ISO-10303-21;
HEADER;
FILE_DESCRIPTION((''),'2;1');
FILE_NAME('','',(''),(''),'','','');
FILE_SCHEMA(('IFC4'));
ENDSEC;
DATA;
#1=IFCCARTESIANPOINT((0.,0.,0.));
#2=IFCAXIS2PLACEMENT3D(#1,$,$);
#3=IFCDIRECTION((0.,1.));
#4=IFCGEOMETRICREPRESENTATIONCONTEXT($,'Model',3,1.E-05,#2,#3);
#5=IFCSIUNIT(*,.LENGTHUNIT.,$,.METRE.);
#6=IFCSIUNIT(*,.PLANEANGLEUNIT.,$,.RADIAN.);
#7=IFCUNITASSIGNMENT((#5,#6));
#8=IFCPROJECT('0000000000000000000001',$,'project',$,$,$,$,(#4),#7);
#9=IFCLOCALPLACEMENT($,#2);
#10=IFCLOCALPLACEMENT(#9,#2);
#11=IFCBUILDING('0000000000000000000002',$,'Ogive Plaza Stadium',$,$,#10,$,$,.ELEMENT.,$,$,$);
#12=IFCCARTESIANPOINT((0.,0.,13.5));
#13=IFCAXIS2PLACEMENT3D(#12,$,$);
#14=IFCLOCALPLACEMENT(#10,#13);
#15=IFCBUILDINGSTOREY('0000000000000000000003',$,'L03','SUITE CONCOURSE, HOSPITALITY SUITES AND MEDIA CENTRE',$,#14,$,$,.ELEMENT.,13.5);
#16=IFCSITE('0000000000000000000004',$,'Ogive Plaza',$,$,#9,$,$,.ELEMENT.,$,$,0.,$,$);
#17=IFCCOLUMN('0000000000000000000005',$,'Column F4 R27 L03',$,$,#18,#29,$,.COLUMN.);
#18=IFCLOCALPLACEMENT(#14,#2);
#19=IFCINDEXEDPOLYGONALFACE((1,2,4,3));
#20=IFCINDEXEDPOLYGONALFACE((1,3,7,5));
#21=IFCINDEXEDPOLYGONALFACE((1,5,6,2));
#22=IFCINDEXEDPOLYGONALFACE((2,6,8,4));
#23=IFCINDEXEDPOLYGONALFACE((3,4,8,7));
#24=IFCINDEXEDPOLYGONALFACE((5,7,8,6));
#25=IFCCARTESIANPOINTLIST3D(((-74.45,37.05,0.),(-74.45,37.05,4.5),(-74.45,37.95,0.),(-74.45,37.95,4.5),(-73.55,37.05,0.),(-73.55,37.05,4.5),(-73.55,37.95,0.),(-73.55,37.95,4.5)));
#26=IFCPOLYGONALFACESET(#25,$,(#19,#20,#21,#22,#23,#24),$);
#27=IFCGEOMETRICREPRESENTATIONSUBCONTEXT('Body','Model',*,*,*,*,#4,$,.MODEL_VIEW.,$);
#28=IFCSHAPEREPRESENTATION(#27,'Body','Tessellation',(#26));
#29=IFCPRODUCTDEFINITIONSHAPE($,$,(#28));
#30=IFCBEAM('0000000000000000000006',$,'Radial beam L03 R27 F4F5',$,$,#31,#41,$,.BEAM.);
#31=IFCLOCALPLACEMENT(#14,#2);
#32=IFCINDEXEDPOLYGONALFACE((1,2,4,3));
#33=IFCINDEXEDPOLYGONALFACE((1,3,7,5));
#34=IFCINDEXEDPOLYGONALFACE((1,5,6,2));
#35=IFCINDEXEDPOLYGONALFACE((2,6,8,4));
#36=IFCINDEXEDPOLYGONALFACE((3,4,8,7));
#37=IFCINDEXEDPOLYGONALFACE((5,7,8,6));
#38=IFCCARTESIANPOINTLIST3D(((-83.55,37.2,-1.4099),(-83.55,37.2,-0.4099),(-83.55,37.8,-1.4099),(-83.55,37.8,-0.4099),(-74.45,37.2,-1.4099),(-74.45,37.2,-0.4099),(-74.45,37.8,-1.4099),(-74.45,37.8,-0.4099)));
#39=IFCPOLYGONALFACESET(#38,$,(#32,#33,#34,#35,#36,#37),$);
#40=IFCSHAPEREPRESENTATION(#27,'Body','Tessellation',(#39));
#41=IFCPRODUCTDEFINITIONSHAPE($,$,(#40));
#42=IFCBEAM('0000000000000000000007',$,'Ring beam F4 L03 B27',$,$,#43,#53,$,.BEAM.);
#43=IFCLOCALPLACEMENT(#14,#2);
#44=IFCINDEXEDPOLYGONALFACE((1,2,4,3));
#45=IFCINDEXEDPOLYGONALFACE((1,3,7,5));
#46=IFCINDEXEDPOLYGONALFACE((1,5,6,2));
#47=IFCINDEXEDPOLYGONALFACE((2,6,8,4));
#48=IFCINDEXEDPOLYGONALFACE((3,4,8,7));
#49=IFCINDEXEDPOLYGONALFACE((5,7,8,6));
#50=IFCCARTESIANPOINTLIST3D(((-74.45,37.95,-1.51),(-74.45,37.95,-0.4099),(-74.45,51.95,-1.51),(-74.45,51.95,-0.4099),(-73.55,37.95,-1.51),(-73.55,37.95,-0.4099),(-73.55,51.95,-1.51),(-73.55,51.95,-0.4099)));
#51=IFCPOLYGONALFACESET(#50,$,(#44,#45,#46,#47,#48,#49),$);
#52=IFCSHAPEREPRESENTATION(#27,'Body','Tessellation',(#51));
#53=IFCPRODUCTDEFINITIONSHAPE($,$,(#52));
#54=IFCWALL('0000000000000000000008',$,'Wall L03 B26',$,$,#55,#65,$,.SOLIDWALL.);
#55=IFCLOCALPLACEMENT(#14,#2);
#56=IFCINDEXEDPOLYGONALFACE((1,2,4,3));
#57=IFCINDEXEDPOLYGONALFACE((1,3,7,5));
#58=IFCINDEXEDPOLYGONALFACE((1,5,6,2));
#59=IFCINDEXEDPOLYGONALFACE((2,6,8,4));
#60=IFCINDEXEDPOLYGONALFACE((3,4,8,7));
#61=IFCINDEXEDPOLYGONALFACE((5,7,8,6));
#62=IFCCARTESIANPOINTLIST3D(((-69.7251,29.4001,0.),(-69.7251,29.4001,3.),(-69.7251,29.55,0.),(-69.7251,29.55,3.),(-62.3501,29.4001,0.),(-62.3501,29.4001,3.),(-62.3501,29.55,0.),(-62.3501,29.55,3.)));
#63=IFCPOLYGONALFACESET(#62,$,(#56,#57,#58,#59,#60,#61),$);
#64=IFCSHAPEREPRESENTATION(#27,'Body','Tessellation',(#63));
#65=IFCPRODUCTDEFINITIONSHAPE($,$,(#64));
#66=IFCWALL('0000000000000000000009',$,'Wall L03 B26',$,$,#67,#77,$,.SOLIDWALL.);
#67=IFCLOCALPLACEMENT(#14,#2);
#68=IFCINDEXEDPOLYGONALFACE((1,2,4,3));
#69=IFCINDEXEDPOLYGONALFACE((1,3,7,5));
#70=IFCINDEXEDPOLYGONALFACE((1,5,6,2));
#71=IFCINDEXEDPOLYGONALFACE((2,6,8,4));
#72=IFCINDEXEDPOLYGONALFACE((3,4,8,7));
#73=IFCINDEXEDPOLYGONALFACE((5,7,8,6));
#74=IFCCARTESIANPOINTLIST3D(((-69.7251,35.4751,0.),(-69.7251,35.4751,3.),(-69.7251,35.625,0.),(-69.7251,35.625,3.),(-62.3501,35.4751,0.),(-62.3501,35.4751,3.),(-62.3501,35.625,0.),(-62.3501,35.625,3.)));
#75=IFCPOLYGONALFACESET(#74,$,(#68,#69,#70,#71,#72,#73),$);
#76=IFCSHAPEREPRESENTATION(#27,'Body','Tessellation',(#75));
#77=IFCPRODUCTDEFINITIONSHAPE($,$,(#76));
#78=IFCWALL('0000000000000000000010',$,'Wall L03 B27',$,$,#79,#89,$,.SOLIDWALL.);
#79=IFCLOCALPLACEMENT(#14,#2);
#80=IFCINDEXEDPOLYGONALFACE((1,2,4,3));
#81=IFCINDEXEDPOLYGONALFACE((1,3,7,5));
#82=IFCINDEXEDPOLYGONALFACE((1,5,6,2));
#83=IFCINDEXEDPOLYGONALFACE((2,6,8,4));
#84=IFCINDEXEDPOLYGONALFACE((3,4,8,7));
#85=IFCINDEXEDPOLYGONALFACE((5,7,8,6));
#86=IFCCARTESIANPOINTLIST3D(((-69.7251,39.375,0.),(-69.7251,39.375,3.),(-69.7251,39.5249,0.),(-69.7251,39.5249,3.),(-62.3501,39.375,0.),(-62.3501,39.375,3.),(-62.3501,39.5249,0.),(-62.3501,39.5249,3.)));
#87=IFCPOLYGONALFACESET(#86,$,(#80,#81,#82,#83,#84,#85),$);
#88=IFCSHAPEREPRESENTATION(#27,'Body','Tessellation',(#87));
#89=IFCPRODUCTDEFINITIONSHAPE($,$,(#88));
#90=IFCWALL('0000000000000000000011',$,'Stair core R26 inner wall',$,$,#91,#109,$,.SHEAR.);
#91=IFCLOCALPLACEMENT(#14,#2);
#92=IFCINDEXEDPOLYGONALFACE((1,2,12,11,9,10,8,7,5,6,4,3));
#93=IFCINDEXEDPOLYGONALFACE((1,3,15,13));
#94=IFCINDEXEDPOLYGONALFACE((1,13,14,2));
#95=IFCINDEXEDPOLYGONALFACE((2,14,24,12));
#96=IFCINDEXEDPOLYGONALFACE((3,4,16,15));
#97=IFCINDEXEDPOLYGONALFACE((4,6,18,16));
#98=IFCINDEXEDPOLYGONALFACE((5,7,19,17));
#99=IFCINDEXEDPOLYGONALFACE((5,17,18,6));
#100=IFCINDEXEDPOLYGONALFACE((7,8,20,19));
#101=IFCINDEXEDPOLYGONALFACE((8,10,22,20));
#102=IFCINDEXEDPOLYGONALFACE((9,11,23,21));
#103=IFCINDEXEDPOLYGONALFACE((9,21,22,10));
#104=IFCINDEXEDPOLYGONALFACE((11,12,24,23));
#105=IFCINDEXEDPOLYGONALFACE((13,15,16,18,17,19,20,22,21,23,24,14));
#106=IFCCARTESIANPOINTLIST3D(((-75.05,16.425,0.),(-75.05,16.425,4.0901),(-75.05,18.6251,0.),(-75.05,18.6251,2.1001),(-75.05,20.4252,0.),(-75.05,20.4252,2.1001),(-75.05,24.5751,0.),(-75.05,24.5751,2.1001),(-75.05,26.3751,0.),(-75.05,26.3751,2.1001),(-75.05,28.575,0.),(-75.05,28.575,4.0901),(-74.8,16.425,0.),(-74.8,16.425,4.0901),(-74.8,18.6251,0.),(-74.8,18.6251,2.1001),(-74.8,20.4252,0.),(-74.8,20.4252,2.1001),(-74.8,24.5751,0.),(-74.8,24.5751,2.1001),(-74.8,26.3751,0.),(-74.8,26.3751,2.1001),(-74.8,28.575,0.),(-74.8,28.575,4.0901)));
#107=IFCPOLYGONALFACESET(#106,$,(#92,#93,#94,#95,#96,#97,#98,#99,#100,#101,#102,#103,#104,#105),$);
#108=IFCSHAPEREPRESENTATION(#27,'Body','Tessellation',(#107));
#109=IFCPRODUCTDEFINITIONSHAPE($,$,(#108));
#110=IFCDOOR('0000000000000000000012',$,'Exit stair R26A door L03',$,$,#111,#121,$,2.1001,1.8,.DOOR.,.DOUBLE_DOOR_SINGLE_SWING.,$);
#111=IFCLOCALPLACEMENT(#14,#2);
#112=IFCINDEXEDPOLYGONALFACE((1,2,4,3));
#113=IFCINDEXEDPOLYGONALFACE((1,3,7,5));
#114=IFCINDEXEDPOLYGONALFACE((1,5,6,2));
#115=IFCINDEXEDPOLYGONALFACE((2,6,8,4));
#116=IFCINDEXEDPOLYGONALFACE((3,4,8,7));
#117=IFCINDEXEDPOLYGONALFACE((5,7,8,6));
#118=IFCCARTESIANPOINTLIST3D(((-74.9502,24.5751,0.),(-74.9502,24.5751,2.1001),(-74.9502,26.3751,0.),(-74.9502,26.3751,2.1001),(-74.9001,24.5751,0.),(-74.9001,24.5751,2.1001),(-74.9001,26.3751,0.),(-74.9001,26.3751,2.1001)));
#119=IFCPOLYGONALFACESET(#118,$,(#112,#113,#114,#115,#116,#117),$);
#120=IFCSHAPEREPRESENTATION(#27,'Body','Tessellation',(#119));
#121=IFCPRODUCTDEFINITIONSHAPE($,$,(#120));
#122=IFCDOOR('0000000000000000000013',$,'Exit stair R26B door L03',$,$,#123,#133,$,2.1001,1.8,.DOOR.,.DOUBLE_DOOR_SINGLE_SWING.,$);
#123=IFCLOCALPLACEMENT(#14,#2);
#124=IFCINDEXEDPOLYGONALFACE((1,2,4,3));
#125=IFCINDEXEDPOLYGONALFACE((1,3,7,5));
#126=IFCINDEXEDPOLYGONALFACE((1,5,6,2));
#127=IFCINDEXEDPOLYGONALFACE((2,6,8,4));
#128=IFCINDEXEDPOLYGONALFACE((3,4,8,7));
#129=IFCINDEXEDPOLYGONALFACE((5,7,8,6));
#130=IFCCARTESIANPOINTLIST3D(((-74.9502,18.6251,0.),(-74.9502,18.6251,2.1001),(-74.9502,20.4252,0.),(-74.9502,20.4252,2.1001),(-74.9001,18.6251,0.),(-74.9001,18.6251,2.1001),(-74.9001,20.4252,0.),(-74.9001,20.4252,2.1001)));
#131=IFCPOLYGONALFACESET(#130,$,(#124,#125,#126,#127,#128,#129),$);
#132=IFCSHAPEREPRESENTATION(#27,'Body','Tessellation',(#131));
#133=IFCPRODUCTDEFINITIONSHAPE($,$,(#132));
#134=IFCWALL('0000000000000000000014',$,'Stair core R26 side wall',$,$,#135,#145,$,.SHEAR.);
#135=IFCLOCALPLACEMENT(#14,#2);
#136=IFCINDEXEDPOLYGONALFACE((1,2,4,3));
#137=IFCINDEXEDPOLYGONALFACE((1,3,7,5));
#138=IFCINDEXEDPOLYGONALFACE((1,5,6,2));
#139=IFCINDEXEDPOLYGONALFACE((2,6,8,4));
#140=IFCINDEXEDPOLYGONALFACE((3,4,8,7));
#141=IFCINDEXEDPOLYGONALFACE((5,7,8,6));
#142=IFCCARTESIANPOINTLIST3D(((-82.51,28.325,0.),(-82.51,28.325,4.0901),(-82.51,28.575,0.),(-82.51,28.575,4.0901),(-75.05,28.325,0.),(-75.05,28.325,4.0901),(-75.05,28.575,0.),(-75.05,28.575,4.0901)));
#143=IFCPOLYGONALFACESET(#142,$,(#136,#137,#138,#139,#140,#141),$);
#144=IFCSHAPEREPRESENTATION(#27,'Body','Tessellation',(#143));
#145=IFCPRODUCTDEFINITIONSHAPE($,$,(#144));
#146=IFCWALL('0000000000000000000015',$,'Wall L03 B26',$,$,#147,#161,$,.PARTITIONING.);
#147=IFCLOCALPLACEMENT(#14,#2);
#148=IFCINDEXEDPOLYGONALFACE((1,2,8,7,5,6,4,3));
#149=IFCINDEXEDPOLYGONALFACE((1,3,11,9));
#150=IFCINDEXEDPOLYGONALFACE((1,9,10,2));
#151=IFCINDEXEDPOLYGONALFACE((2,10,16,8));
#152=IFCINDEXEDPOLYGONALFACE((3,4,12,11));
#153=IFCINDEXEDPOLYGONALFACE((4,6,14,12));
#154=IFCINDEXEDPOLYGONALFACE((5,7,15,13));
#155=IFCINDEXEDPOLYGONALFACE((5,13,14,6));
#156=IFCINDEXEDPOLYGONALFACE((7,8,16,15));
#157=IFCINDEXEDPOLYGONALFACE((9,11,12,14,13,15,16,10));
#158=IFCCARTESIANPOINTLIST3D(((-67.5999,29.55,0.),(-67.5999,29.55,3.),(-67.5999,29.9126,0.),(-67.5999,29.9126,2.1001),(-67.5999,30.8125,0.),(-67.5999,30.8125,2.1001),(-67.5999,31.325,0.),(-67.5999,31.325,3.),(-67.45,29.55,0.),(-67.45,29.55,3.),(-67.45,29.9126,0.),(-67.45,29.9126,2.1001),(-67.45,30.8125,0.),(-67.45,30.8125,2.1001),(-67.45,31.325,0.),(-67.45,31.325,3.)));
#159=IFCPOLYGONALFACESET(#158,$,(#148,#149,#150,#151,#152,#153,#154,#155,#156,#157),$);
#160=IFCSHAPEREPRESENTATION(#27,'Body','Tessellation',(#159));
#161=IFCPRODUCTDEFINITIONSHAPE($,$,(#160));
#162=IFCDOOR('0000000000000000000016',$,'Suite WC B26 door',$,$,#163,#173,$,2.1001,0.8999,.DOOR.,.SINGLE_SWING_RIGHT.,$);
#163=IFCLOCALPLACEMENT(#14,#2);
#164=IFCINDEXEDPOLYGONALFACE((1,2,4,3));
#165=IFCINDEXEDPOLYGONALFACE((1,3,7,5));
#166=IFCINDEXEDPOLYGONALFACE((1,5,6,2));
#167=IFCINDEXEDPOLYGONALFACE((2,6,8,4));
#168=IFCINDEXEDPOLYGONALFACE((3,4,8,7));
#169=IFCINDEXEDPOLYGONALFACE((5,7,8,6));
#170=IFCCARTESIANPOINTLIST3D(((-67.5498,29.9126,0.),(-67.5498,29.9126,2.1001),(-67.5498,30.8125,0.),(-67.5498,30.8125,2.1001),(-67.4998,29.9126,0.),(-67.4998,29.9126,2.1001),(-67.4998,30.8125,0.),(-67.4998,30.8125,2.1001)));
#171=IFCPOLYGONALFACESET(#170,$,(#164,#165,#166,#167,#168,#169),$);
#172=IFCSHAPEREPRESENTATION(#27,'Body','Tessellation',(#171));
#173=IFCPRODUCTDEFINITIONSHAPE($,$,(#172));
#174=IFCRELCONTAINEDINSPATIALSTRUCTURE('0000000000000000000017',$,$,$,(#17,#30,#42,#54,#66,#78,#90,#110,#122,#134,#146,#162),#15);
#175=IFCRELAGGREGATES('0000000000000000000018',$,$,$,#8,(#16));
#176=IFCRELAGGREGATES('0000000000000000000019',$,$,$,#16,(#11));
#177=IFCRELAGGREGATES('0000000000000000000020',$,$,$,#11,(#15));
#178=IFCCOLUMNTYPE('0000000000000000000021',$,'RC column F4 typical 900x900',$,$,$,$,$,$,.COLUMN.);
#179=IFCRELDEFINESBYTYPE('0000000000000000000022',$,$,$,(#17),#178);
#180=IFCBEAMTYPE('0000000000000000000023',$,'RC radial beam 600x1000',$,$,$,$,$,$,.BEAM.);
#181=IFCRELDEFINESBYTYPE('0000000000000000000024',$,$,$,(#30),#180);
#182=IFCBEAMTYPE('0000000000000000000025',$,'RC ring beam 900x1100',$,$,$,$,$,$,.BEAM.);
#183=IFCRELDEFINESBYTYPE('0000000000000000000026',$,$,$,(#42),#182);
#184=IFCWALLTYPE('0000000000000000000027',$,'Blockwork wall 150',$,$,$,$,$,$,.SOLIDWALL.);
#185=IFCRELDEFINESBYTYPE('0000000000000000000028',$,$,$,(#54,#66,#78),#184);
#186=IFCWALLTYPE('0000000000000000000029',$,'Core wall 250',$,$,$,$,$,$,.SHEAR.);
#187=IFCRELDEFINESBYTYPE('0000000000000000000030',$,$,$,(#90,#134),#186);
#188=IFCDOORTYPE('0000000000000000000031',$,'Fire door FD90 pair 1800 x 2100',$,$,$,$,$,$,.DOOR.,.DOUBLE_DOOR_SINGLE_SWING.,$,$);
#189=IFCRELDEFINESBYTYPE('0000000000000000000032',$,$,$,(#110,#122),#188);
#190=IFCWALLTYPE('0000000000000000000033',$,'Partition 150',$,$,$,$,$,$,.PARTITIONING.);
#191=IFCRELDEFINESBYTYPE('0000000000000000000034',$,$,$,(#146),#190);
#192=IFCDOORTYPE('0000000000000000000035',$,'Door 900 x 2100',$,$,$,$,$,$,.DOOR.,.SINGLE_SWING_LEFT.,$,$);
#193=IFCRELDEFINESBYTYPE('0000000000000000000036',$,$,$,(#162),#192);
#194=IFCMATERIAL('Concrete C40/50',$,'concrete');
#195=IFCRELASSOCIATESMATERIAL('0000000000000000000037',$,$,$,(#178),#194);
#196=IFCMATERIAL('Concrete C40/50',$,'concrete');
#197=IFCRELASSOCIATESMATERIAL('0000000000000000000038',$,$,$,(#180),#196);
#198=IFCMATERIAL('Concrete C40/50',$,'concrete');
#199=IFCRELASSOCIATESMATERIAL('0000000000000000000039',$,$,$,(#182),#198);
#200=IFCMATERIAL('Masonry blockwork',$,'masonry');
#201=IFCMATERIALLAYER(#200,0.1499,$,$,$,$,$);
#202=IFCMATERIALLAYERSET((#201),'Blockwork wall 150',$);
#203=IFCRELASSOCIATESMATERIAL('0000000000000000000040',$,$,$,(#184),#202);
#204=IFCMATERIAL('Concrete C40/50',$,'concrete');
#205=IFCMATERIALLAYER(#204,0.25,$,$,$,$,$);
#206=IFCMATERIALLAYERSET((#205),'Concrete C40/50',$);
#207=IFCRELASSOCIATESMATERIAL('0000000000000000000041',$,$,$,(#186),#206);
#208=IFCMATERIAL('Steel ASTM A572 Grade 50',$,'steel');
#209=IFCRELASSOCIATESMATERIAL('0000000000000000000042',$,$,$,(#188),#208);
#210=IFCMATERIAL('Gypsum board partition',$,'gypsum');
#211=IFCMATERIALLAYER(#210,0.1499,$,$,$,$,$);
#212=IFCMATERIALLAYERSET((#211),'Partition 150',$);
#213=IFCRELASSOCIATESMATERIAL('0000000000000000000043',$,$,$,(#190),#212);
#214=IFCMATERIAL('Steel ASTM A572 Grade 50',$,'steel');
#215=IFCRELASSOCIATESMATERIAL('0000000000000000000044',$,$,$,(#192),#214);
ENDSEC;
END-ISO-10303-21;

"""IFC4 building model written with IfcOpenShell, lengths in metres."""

from ifc_helpers import new_model, si_unit, direction, frame, frame_2d, origin, origin_2d, place, context, subcontext, project, spatial, rectangle, extrude, material, layer, layer_set, material_profile, profile_set, type_object, element, fill, save


model = new_model("IFC4")

# Units and contexts
model_context = context("Model", 3, precision=1e-05, world=origin(), true_north=direction((0.0, 1.0)))
body_context = subcontext(model_context, "Body", "Model", "MODEL_VIEW")
ifc_project = project(units=[si_unit("LENGTHUNIT", "METRE"), si_unit("PLANEANGLEUNIT", "RADIAN")], contexts=[model_context])

# Site, building, storey
site_placement = place(None, origin())
site = spatial("IfcSite", under=ifc_project, at=site_placement, Name="Ogive Plaza", CompositionType="ELEMENT", RefElevation=0.0)
building_placement = place(site_placement, origin())
building = spatial("IfcBuilding", under=site, at=building_placement, Name="Ogive Plaza Stadium", CompositionType="ELEMENT")
storey_placement = place(building_placement, frame((0.0, 0.0, 13.5)))
storey = spatial("IfcBuildingStorey", under=building, at=storey_placement, Name="L03", Description="SUITE CONCOURSE, HOSPITALITY SUITES AND MEDIA CENTRE", CompositionType="ELEMENT", Elevation=13.5)

# Column
ifc_material_1 = material(Name="Concrete C40/50", Category="concrete")
ifc_material_profile_1 = material_profile(ifc_material_1, rectangle(XDim=0.8999, YDim=0.8999, at=origin_2d()), Name="RC 900x900")
ifc_profile_set_1 = profile_set([ifc_material_profile_1], Name="Concrete C40/50")
column_type = type_object("IfcColumnType", Name="RC column F4 typical 900x900", PredefinedType="COLUMN", material=ifc_profile_set_1)
column_placement = place(storey_placement, frame((-74.0, 37.5, 0.0), z_axis=(0.0, 0.0, 1.0), x_axis=(0.0, -1.0, 0.0)))
element("IfcColumn", 1, at=column_placement, inside=storey, type_object=column_type, Name="Column F4 R27 L03", PredefinedType="COLUMN", context=body_context, shape_type="SweptSolid", body=[
    extrude(rectangle(XDim=0.8999, YDim=0.8999, at=origin_2d()), origin(), (0.0, 0.0, 1.0), 4.5),
])

# Beams
ifc_material_2 = material(Name="Concrete C40/50", Category="concrete")
ifc_material_profile_2 = material_profile(ifc_material_2, rectangle(XDim=0.6001, YDim=1.0, at=origin_2d()), Name="RC 600x1000")
ifc_profile_set_2 = profile_set([ifc_material_profile_2], Name="Concrete C40/50")
beam_type_1 = type_object("IfcBeamType", Name="RC radial beam 600x1000", PredefinedType="BEAM", material=ifc_profile_set_2)
beam_1_placement = place(storey_placement, frame((-74.45, 37.5, -0.9099), z_axis=(-1.0, 0.0, 0.0), x_axis=(0.0, -1.0, 0.0)))
element("IfcBeam", 2, at=beam_1_placement, inside=storey, type_object=beam_type_1, Name="Radial beam L03 R27 F4F5", PredefinedType="BEAM", context=body_context, shape_type="SweptSolid", body=[
    extrude(rectangle(XDim=0.6001, YDim=1.0, at=origin_2d()), origin(), (0.0, 0.0, 1.0), 9.1001),
])
ifc_material_3 = material(Name="Concrete C40/50", Category="concrete")
ifc_material_profile_3 = material_profile(ifc_material_3, rectangle(XDim=0.8999, YDim=1.1001, at=origin_2d()), Name="RC 900x1100")
ifc_profile_set_3 = profile_set([ifc_material_profile_3], Name="Concrete C40/50")
beam_type_2 = type_object("IfcBeamType", Name="RC ring beam 900x1100", PredefinedType="BEAM", material=ifc_profile_set_3)
beam_2_placement = place(storey_placement, frame((-74.0, 37.95, -0.96), z_axis=(0.0, 1.0, 0.0), x_axis=(-1.0, 0.0, 0.0)))
element("IfcBeam", 3, at=beam_2_placement, inside=storey, type_object=beam_type_2, Name="Ring beam F4 L03 B27", PredefinedType="BEAM", context=body_context, shape_type="SweptSolid", body=[
    extrude(rectangle(XDim=0.8999, YDim=1.1001, at=origin_2d()), origin(), (0.0, 0.0, 1.0), 14.0),
])

# Walls
ifc_material_4 = material(Name="Masonry blockwork", Category="masonry")
ifc_layer_1 = layer(ifc_material_4, 0.1499)
ifc_layer_set_1 = layer_set([ifc_layer_1], Name="Blockwork wall 150")
wall_type_1 = type_object("IfcWallType", Name="Blockwork wall 150", PredefinedType="SOLIDWALL", material=ifc_layer_set_1)
for number, where, z_axis, x_axis, name in (
    (4, (-62.3501, 29.4751, 0.0), (0.0, 0.0, 1.0), (-1.0, 0.0, 0.0), "Wall L03 B26"),
    (5, (-62.3501, 35.55, 0.0), (0.0, 0.0, 1.0), (-1.0, 0.0, 0.0), "Wall L03 B26"),
    (6, (-62.3501, 39.45, 0.0), (0.0, 0.0, 1.0), (-1.0, 0.0, 0.0), "Wall L03 B27"),
):
    element("IfcWall", number, at=place(storey_placement, frame(where, z_axis=z_axis, x_axis=x_axis)), inside=storey, type_object=wall_type_1, Name=name, PredefinedType="SOLIDWALL", context=body_context, shape_type="SweptSolid", body=[
        extrude(rectangle(XDim=7.375, YDim=0.1499, at=frame_2d((3.6875, 0.0))), origin(), (0.0, 0.0, 1.0), 3.0),
    ])

# Wall, openings, doors
ifc_material_5 = material(Name="Concrete C40/50", Category="concrete")
ifc_layer_2 = layer(ifc_material_5, 0.25)
ifc_layer_set_2 = layer_set([ifc_layer_2], Name="Concrete C40/50")
wall_type_2 = type_object("IfcWallType", Name="Core wall 250", PredefinedType="SHEAR", material=ifc_layer_set_2)
wall_1_placement = place(storey_placement, frame((-74.925, 28.575, 0.0), z_axis=(0.0, 0.0, 1.0), x_axis=(0.0, -1.0, 0.0)))
wall_1 = element("IfcWall", 7, at=wall_1_placement, inside=storey, type_object=wall_type_2, Name="Stair core R26 inner wall", PredefinedType="SHEAR", context=body_context, shape_type="SweptSolid", body=[
    extrude(rectangle(XDim=12.1499, YDim=0.25, at=frame_2d((6.075, 0.0))), origin(), (0.0, 0.0, 1.0), 4.0901),
])
opening_1_placement = place(wall_1_placement, frame((2.2, 0.0, 0.0)))
opening_1 = element("IfcOpeningElement", 8, at=opening_1_placement, cuts=wall_1, PredefinedType="OPENING", context=body_context, shape_type="SweptSolid", body=[
    extrude(rectangle(XDim=1.8, YDim=2.1001, at=frame_2d((0.8999, 1.05))), frame((0.0, 0.125, 0.0), z_axis=(0.0, -1.0, 0.0), x_axis=(1.0, 0.0, 0.0)), (0.0, 0.0, 1.0), 0.25),
])
opening_2_placement = place(wall_1_placement, frame((8.1499, 0.0, 0.0)))
opening_2 = element("IfcOpeningElement", 9, at=opening_2_placement, cuts=wall_1, PredefinedType="OPENING", context=body_context, shape_type="SweptSolid", body=[
    extrude(rectangle(XDim=1.8, YDim=2.1001, at=frame_2d((0.8999, 1.05))), frame((0.0, 0.125, 0.0), z_axis=(0.0, -1.0, 0.0), x_axis=(1.0, 0.0, 0.0)), (0.0, 0.0, 1.0), 0.25),
])
ifc_material_6 = material(Name="Steel ASTM A572 Grade 50", Category="steel")
door_type_1 = type_object("IfcDoorType", Name="Fire door FD90 pair 1800 x 2100", OperationType="DOUBLE_DOOR_SINGLE_SWING", PredefinedType="DOOR", material=ifc_material_6)
door_1_placement = place(opening_1_placement, origin())
door_1 = element("IfcDoor", 10, at=door_1_placement, inside=storey, type_object=door_type_1, Name="Exit stair R26A door L03", OperationType="DOUBLE_DOOR_SINGLE_SWING", OverallHeight=2.1001, OverallWidth=1.8, PredefinedType="DOOR", context=body_context, shape_type="SweptSolid", body=[
    extrude(rectangle(XDim=1.8, YDim=2.1001, at=frame_2d((0.8999, 1.05))), frame((0.0, 0.0249, 0.0), z_axis=(0.0, -1.0, 0.0), x_axis=(1.0, 0.0, 0.0)), (0.0, 0.0, 1.0), 0.05),
])
fill(opening_1, door_1)
door_2_placement = place(opening_2_placement, origin())
door_2 = element("IfcDoor", 11, at=door_2_placement, inside=storey, type_object=door_type_1, Name="Exit stair R26B door L03", OperationType="DOUBLE_DOOR_SINGLE_SWING", OverallHeight=2.1001, OverallWidth=1.8, PredefinedType="DOOR", context=body_context, shape_type="SweptSolid", body=[
    extrude(rectangle(XDim=1.8, YDim=2.1001, at=frame_2d((0.8999, 1.05))), frame((0.0, 0.0249, 0.0), z_axis=(0.0, -1.0, 0.0), x_axis=(1.0, 0.0, 0.0)), (0.0, 0.0, 1.0), 0.05),
])
fill(opening_2, door_2)

# Wall
wall_2_placement = place(storey_placement, frame((-75.05, 28.45, 0.0), z_axis=(0.0, 0.0, 1.0), x_axis=(-1.0, 0.0, 0.0)))
element("IfcWall", 12, at=wall_2_placement, inside=storey, type_object=wall_type_2, Name="Stair core R26 side wall", PredefinedType="SHEAR", context=body_context, shape_type="SweptSolid", body=[
    extrude(rectangle(XDim=7.46, YDim=0.25, at=frame_2d((3.73, 0.0))), origin(), (0.0, 0.0, 1.0), 4.0901),
])

# Wall, opening, door
ifc_material_7 = material(Name="Gypsum board partition", Category="gypsum")
ifc_layer_3 = layer(ifc_material_7, 0.1499)
ifc_layer_set_3 = layer_set([ifc_layer_3], Name="Partition 150")
wall_type_3 = type_object("IfcWallType", Name="Partition 150", PredefinedType="PARTITIONING", material=ifc_layer_set_3)
wall_3_placement = place(storey_placement, frame((-67.5249, 29.55, 0.0), z_axis=(0.0, 0.0, 1.0), x_axis=(0.0, 1.0, 0.0)))
wall_3 = element("IfcWall", 13, at=wall_3_placement, inside=storey, type_object=wall_type_3, Name="Wall L03 B26", PredefinedType="PARTITIONING", context=body_context, shape_type="SweptSolid", body=[
    extrude(rectangle(XDim=1.7749, YDim=0.1499, at=frame_2d((0.8875, 0.0))), origin(), (0.0, 0.0, 1.0), 3.0),
])
opening_3_placement = place(wall_3_placement, frame((0.3625, 0.0, 0.0)))
opening_3 = element("IfcOpeningElement", 14, at=opening_3_placement, cuts=wall_3, PredefinedType="OPENING", context=body_context, shape_type="SweptSolid", body=[
    extrude(rectangle(XDim=0.8999, YDim=2.1001, at=frame_2d((0.45, 1.05))), frame((0.0, 0.075, 0.0), z_axis=(0.0, -1.0, 0.0), x_axis=(1.0, 0.0, 0.0)), (0.0, 0.0, 1.0), 0.1499),
])
ifc_material_8 = material(Name="Steel ASTM A572 Grade 50", Category="steel")
door_type_2 = type_object("IfcDoorType", Name="Door 900 x 2100", OperationType="SINGLE_SWING_LEFT", PredefinedType="DOOR", material=ifc_material_8)
door_3_placement = place(opening_3_placement, origin())
door_3 = element("IfcDoor", 15, at=door_3_placement, inside=storey, type_object=door_type_2, Name="Suite WC B26 door", OperationType="SINGLE_SWING_RIGHT", OverallHeight=2.1001, OverallWidth=0.8999, PredefinedType="DOOR", context=body_context, shape_type="SweptSolid", body=[
    extrude(rectangle(XDim=0.8999, YDim=2.1001, at=frame_2d((0.45, 1.05))), frame((0.0, 0.0249, 0.0), z_axis=(0.0, -1.0, 0.0), x_axis=(1.0, 0.0, 0.0)), (0.0, 0.0, 1.0), 0.05),
])
fill(opening_3, door_3)

save(model, "model.ifc")
